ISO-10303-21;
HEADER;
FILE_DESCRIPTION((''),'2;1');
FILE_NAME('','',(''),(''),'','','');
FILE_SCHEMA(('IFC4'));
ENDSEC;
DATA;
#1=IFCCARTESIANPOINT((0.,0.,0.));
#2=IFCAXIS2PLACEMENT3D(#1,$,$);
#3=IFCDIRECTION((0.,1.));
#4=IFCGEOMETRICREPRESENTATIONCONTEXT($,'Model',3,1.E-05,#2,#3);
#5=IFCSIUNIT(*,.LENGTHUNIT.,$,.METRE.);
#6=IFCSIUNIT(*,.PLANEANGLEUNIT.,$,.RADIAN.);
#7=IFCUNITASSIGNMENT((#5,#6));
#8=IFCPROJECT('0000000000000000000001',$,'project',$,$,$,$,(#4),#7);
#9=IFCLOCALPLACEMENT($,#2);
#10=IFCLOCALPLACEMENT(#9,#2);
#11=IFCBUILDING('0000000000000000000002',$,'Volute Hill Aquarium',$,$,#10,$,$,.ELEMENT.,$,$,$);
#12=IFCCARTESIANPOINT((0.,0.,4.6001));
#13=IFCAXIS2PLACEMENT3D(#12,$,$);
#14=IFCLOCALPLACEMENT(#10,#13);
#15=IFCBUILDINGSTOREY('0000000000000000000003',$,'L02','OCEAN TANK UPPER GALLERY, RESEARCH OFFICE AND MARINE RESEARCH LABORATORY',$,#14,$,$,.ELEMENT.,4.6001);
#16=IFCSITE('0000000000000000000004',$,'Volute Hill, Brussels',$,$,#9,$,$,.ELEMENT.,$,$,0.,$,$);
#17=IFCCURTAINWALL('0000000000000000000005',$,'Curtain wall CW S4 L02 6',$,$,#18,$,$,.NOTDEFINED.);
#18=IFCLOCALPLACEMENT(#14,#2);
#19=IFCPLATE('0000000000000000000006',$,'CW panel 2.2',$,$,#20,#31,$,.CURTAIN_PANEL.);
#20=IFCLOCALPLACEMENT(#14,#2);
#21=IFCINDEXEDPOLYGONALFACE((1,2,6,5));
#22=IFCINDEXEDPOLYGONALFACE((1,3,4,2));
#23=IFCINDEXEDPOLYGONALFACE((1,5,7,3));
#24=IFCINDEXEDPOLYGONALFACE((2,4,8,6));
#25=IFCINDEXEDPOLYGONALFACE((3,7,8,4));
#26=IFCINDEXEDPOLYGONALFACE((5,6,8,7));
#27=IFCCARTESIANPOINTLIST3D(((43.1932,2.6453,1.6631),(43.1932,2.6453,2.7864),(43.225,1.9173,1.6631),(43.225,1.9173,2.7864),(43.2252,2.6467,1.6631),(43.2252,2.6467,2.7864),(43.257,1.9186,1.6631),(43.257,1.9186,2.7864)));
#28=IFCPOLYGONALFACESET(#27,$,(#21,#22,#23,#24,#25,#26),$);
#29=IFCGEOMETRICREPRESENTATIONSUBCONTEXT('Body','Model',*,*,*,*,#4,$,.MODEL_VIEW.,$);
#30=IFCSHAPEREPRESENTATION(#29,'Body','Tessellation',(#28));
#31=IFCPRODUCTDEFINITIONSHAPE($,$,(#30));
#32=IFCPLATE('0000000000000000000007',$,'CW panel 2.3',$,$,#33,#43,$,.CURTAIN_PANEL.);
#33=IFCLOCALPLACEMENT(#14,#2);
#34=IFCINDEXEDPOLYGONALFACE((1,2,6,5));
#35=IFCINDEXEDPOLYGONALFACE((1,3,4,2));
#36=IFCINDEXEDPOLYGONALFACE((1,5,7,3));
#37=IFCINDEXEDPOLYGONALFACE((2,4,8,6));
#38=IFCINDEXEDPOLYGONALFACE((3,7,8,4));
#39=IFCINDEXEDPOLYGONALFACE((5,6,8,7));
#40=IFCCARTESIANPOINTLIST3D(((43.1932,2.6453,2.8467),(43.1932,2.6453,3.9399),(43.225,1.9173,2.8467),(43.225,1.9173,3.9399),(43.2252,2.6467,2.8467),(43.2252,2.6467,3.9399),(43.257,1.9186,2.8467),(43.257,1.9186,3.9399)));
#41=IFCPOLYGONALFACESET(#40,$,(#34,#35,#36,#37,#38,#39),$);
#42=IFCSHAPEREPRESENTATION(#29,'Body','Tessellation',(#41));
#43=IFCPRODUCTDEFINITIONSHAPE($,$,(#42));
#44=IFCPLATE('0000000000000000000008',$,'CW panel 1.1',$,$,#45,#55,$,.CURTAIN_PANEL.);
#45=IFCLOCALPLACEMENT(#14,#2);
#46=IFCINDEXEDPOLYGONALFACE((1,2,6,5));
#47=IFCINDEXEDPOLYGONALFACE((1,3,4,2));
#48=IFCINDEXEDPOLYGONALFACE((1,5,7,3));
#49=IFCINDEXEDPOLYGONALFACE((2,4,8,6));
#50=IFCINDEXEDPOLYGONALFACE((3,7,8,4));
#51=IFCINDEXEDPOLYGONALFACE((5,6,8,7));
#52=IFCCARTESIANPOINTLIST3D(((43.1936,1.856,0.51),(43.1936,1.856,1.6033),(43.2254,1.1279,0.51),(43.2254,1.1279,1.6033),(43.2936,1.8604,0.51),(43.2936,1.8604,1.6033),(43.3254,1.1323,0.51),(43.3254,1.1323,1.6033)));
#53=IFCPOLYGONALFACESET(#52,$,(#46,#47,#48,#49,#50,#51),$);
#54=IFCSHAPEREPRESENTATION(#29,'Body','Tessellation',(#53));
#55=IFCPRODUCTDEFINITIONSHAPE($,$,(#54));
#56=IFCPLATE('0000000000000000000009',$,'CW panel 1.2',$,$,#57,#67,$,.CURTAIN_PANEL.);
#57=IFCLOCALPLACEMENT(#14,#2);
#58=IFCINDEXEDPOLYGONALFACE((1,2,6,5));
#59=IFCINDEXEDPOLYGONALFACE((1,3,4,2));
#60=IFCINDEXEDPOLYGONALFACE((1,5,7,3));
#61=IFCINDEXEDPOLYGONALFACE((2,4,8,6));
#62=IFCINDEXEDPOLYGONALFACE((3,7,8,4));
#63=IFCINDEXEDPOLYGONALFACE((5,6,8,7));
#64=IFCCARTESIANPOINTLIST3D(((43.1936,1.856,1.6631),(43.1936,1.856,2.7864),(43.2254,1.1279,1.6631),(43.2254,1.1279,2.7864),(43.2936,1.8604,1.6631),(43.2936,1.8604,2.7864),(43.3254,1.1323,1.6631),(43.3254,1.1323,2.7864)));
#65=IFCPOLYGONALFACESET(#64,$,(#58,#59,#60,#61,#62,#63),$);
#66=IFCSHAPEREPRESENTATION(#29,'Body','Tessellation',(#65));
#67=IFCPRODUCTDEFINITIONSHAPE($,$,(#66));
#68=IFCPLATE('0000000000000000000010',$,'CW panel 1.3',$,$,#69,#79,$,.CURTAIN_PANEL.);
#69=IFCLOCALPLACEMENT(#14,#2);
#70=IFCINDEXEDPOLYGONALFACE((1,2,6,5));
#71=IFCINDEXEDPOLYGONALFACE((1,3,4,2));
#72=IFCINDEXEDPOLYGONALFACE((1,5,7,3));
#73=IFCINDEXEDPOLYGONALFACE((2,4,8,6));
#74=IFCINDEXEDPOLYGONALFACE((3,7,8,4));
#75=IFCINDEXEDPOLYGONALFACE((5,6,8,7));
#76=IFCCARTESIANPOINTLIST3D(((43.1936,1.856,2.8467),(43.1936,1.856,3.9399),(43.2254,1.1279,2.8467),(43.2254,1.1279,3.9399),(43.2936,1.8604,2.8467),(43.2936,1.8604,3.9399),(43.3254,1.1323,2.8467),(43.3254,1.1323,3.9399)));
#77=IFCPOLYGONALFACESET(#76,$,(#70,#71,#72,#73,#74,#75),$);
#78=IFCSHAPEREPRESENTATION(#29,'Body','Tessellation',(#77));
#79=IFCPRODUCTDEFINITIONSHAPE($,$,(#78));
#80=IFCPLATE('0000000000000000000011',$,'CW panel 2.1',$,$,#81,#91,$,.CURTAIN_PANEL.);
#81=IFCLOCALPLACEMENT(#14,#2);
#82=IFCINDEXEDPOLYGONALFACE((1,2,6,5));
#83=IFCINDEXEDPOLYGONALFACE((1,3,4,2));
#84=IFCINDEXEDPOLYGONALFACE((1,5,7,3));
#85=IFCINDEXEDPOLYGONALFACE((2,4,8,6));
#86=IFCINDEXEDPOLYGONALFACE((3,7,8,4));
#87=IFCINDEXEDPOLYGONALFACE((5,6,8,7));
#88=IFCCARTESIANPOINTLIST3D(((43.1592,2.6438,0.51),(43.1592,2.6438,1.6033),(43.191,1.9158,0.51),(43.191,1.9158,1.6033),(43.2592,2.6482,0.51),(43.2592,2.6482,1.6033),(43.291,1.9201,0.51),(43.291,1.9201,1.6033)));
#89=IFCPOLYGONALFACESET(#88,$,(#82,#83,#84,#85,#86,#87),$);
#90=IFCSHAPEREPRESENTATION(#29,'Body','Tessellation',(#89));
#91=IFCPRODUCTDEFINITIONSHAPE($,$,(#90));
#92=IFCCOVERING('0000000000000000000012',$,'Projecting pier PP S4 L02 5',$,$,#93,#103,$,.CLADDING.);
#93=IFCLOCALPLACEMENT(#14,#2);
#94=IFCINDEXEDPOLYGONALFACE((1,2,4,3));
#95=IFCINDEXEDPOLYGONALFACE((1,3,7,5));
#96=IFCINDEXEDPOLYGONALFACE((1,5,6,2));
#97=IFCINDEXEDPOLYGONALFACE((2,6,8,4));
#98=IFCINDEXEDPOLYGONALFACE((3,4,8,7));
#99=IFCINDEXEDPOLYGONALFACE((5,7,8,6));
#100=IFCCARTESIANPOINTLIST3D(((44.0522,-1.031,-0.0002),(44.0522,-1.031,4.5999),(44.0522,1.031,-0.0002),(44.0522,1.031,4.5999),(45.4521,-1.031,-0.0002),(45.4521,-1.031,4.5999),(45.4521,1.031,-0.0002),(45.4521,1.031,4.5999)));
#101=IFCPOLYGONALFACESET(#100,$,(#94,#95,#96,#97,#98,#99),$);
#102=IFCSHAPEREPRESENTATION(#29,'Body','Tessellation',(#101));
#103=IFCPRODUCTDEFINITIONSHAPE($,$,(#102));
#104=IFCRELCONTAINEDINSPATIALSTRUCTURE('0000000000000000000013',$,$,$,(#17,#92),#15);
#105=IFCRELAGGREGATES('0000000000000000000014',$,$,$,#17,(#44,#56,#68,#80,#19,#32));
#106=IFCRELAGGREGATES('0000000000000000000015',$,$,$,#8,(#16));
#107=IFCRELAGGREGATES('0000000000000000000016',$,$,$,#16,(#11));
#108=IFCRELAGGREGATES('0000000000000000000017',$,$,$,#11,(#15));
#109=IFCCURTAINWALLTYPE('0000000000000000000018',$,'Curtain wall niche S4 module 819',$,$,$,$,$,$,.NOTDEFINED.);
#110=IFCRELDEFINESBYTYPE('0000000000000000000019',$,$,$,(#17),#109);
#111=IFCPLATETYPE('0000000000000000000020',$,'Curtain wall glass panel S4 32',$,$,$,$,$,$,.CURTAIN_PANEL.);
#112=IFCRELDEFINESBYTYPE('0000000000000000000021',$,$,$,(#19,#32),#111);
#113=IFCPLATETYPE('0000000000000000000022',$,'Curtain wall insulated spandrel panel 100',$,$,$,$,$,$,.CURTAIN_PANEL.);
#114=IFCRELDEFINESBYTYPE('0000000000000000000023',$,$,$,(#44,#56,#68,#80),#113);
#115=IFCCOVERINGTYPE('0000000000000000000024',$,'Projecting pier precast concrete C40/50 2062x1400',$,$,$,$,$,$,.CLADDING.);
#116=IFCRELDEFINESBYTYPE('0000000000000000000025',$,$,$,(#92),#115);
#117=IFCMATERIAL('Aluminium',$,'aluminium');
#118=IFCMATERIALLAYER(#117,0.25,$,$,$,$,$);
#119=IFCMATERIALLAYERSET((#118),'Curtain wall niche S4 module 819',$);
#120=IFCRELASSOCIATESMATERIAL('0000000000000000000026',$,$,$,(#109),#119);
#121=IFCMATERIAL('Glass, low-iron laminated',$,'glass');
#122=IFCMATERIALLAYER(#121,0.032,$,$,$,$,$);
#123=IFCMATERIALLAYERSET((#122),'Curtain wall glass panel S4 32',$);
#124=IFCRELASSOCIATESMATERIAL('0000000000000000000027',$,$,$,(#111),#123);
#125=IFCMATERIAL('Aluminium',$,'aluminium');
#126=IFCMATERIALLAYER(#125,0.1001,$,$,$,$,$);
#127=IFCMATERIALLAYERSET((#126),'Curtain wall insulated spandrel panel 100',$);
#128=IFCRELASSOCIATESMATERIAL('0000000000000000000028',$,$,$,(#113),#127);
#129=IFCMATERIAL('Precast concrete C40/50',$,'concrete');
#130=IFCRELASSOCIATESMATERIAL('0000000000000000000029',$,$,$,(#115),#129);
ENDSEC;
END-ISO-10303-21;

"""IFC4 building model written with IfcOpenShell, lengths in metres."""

from ifc_helpers import new_model, si_unit, direction, frame, origin, origin_2d, place, context, subcontext, project, spatial, rectangle, extrude, material, layer, layer_set, type_object, element, aggregate, save


model = new_model("IFC4")

# Units and contexts
model_context = context("Model", 3, precision=1e-05, world=origin(), true_north=direction((0.0, 1.0)))
body_context = subcontext(model_context, "Body", "Model", "MODEL_VIEW")
ifc_project = project(units=[si_unit("LENGTHUNIT", "METRE"), si_unit("PLANEANGLEUNIT", "RADIAN")], contexts=[model_context])

# Site, building, storey
site_placement = place(None, origin())
site = spatial("IfcSite", under=ifc_project, at=site_placement, Name="Volute Hill, Brussels", CompositionType="ELEMENT", RefElevation=0.0)
building_placement = place(site_placement, origin())
building = spatial("IfcBuilding", under=site, at=building_placement, Name="Volute Hill Aquarium", CompositionType="ELEMENT")
storey_placement = place(building_placement, frame((0.0, 0.0, 4.6001)))
storey = spatial("IfcBuildingStorey", under=building, at=storey_placement, Name="L02", Description="OCEAN TANK UPPER GALLERY, RESEARCH OFFICE AND MARINE RESEARCH LABORATORY", CompositionType="ELEMENT", Elevation=4.6001)

# Curtain wall
ifc_material_1 = material(Name="Aluminium", Category="aluminium")
ifc_layer_1 = layer(ifc_material_1, 0.25)
ifc_layer_set_1 = layer_set([ifc_layer_1], Name="Curtain wall niche S4 module 819")
curtain_wall_type = type_object("IfcCurtainWallType", Name="Curtain wall niche S4 module 819", PredefinedType="NOTDEFINED", material=ifc_layer_set_1)
curtain_wall_placement = place(storey_placement, origin())
curtain_wall = element("IfcCurtainWall", 1, at=curtain_wall_placement, inside=storey, type_object=curtain_wall_type, Name="Curtain wall CW S4 L02 6", PredefinedType="NOTDEFINED")

# Plates
ifc_material_2 = material(Name="Glass, low-iron laminated", Category="glass")
ifc_layer_2 = layer(ifc_material_2, 0.032)
ifc_layer_set_2 = layer_set([ifc_layer_2], Name="Curtain wall glass panel S4 32")
plate_type_1 = type_object("IfcPlateType", Name="Curtain wall glass panel S4 32", PredefinedType="CURTAIN_PANEL", material=ifc_layer_set_2)
plate_1_placement = place(storey_placement, frame((43.2251, 2.282, 1.6631), z_axis=(0.0, 0.0, 1.0), x_axis=(-0.043623, 0.999048, 0.0)))
plate_1 = element("IfcPlate", 2, at=plate_1_placement, type_object=plate_type_1, Name="CW panel 2.2", PredefinedType="CURTAIN_PANEL", context=body_context, shape_type="SweptSolid", body=[
    extrude(rectangle(XDim=0.7288, YDim=0.032, at=origin_2d()), origin(), (0.0, 0.0, 1.0), 1.1233),
])
plate_2_placement = place(storey_placement, frame((43.2251, 2.282, 2.8467), z_axis=(0.0, 0.0, 1.0), x_axis=(-0.043623, 0.999048, 0.0)))
plate_2 = element("IfcPlate", 3, at=plate_2_placement, type_object=plate_type_1, Name="CW panel 2.3", PredefinedType="CURTAIN_PANEL", context=body_context, shape_type="SweptSolid", body=[
    extrude(rectangle(XDim=0.7288, YDim=0.032, at=origin_2d()), origin(), (0.0, 0.0, 1.0), 1.0933),
])
ifc_material_3 = material(Name="Aluminium", Category="aluminium")
ifc_layer_3 = layer(ifc_material_3, 0.1001)
ifc_layer_set_3 = layer_set([ifc_layer_3], Name="Curtain wall insulated spandrel panel 100")
plate_type_2 = type_object("IfcPlateType", Name="Curtain wall insulated spandrel panel 100", PredefinedType="CURTAIN_PANEL", material=ifc_layer_set_3)
plate_3_placement = place(storey_placement, frame((43.2595, 1.4941, 0.51), z_axis=(0.0, 0.0, 1.0), x_axis=(-0.043623, 0.999048, 0.0)))
plate_3 = element("IfcPlate", 4, at=plate_3_placement, type_object=plate_type_2, Name="CW panel 1.1", PredefinedType="CURTAIN_PANEL", context=body_context, shape_type="SweptSolid", body=[
    extrude(rectangle(XDim=0.7288, YDim=0.1001, at=origin_2d()), origin(), (0.0, 0.0, 1.0), 1.0933),
])
plate_4_placement = place(storey_placement, frame((43.2595, 1.4941, 1.6631), z_axis=(0.0, 0.0, 1.0), x_axis=(-0.043623, 0.999048, 0.0)))
plate_4 = element("IfcPlate", 5, at=plate_4_placement, type_object=plate_type_2, Name="CW panel 1.2", PredefinedType="CURTAIN_PANEL", context=body_context, shape_type="SweptSolid", body=[
    extrude(rectangle(XDim=0.7288, YDim=0.1001, at=origin_2d()), origin(), (0.0, 0.0, 1.0), 1.1233),
])
plate_5_placement = place(storey_placement, frame((43.2595, 1.4941, 2.8467), z_axis=(0.0, 0.0, 1.0), x_axis=(-0.043623, 0.999048, 0.0)))
plate_5 = element("IfcPlate", 6, at=plate_5_placement, type_object=plate_type_2, Name="CW panel 1.3", PredefinedType="CURTAIN_PANEL", context=body_context, shape_type="SweptSolid", body=[
    extrude(rectangle(XDim=0.7288, YDim=0.1001, at=origin_2d()), origin(), (0.0, 0.0, 1.0), 1.0933),
])
plate_6_placement = place(storey_placement, frame((43.2251, 2.282, 0.51), z_axis=(0.0, 0.0, 1.0), x_axis=(-0.043623, 0.999048, 0.0)))
plate_6 = element("IfcPlate", 7, at=plate_6_placement, type_object=plate_type_2, Name="CW panel 2.1", PredefinedType="CURTAIN_PANEL", context=body_context, shape_type="SweptSolid", body=[
    extrude(rectangle(XDim=0.7288, YDim=0.1001, at=origin_2d()), origin(), (0.0, 0.0, 1.0), 1.0933),
])
aggregate(curtain_wall, [plate_3, plate_4, plate_5, plate_6, plate_1, plate_2])

# Covering
ifc_material_4 = material(Name="Precast concrete C40/50", Category="concrete")
covering_type = type_object("IfcCoveringType", Name="Projecting pier precast concrete C40/50 2062x1400", PredefinedType="CLADDING", material=ifc_material_4)
covering_placement = place(storey_placement, frame((44.7522, 0.0, -0.0002), z_axis=(0.0, 0.0, 1.0), x_axis=(0.0, 1.0, 0.0)))
element("IfcCovering", 8, at=covering_placement, inside=storey, type_object=covering_type, Name="Projecting pier PP S4 L02 5", PredefinedType="CLADDING", context=body_context, shape_type="SweptSolid", body=[
    extrude(rectangle(XDim=2.062, YDim=1.3999, at=origin_2d()), origin(), (0.0, 0.0, 1.0), 4.6001),
])

save(model, "model.ifc")
